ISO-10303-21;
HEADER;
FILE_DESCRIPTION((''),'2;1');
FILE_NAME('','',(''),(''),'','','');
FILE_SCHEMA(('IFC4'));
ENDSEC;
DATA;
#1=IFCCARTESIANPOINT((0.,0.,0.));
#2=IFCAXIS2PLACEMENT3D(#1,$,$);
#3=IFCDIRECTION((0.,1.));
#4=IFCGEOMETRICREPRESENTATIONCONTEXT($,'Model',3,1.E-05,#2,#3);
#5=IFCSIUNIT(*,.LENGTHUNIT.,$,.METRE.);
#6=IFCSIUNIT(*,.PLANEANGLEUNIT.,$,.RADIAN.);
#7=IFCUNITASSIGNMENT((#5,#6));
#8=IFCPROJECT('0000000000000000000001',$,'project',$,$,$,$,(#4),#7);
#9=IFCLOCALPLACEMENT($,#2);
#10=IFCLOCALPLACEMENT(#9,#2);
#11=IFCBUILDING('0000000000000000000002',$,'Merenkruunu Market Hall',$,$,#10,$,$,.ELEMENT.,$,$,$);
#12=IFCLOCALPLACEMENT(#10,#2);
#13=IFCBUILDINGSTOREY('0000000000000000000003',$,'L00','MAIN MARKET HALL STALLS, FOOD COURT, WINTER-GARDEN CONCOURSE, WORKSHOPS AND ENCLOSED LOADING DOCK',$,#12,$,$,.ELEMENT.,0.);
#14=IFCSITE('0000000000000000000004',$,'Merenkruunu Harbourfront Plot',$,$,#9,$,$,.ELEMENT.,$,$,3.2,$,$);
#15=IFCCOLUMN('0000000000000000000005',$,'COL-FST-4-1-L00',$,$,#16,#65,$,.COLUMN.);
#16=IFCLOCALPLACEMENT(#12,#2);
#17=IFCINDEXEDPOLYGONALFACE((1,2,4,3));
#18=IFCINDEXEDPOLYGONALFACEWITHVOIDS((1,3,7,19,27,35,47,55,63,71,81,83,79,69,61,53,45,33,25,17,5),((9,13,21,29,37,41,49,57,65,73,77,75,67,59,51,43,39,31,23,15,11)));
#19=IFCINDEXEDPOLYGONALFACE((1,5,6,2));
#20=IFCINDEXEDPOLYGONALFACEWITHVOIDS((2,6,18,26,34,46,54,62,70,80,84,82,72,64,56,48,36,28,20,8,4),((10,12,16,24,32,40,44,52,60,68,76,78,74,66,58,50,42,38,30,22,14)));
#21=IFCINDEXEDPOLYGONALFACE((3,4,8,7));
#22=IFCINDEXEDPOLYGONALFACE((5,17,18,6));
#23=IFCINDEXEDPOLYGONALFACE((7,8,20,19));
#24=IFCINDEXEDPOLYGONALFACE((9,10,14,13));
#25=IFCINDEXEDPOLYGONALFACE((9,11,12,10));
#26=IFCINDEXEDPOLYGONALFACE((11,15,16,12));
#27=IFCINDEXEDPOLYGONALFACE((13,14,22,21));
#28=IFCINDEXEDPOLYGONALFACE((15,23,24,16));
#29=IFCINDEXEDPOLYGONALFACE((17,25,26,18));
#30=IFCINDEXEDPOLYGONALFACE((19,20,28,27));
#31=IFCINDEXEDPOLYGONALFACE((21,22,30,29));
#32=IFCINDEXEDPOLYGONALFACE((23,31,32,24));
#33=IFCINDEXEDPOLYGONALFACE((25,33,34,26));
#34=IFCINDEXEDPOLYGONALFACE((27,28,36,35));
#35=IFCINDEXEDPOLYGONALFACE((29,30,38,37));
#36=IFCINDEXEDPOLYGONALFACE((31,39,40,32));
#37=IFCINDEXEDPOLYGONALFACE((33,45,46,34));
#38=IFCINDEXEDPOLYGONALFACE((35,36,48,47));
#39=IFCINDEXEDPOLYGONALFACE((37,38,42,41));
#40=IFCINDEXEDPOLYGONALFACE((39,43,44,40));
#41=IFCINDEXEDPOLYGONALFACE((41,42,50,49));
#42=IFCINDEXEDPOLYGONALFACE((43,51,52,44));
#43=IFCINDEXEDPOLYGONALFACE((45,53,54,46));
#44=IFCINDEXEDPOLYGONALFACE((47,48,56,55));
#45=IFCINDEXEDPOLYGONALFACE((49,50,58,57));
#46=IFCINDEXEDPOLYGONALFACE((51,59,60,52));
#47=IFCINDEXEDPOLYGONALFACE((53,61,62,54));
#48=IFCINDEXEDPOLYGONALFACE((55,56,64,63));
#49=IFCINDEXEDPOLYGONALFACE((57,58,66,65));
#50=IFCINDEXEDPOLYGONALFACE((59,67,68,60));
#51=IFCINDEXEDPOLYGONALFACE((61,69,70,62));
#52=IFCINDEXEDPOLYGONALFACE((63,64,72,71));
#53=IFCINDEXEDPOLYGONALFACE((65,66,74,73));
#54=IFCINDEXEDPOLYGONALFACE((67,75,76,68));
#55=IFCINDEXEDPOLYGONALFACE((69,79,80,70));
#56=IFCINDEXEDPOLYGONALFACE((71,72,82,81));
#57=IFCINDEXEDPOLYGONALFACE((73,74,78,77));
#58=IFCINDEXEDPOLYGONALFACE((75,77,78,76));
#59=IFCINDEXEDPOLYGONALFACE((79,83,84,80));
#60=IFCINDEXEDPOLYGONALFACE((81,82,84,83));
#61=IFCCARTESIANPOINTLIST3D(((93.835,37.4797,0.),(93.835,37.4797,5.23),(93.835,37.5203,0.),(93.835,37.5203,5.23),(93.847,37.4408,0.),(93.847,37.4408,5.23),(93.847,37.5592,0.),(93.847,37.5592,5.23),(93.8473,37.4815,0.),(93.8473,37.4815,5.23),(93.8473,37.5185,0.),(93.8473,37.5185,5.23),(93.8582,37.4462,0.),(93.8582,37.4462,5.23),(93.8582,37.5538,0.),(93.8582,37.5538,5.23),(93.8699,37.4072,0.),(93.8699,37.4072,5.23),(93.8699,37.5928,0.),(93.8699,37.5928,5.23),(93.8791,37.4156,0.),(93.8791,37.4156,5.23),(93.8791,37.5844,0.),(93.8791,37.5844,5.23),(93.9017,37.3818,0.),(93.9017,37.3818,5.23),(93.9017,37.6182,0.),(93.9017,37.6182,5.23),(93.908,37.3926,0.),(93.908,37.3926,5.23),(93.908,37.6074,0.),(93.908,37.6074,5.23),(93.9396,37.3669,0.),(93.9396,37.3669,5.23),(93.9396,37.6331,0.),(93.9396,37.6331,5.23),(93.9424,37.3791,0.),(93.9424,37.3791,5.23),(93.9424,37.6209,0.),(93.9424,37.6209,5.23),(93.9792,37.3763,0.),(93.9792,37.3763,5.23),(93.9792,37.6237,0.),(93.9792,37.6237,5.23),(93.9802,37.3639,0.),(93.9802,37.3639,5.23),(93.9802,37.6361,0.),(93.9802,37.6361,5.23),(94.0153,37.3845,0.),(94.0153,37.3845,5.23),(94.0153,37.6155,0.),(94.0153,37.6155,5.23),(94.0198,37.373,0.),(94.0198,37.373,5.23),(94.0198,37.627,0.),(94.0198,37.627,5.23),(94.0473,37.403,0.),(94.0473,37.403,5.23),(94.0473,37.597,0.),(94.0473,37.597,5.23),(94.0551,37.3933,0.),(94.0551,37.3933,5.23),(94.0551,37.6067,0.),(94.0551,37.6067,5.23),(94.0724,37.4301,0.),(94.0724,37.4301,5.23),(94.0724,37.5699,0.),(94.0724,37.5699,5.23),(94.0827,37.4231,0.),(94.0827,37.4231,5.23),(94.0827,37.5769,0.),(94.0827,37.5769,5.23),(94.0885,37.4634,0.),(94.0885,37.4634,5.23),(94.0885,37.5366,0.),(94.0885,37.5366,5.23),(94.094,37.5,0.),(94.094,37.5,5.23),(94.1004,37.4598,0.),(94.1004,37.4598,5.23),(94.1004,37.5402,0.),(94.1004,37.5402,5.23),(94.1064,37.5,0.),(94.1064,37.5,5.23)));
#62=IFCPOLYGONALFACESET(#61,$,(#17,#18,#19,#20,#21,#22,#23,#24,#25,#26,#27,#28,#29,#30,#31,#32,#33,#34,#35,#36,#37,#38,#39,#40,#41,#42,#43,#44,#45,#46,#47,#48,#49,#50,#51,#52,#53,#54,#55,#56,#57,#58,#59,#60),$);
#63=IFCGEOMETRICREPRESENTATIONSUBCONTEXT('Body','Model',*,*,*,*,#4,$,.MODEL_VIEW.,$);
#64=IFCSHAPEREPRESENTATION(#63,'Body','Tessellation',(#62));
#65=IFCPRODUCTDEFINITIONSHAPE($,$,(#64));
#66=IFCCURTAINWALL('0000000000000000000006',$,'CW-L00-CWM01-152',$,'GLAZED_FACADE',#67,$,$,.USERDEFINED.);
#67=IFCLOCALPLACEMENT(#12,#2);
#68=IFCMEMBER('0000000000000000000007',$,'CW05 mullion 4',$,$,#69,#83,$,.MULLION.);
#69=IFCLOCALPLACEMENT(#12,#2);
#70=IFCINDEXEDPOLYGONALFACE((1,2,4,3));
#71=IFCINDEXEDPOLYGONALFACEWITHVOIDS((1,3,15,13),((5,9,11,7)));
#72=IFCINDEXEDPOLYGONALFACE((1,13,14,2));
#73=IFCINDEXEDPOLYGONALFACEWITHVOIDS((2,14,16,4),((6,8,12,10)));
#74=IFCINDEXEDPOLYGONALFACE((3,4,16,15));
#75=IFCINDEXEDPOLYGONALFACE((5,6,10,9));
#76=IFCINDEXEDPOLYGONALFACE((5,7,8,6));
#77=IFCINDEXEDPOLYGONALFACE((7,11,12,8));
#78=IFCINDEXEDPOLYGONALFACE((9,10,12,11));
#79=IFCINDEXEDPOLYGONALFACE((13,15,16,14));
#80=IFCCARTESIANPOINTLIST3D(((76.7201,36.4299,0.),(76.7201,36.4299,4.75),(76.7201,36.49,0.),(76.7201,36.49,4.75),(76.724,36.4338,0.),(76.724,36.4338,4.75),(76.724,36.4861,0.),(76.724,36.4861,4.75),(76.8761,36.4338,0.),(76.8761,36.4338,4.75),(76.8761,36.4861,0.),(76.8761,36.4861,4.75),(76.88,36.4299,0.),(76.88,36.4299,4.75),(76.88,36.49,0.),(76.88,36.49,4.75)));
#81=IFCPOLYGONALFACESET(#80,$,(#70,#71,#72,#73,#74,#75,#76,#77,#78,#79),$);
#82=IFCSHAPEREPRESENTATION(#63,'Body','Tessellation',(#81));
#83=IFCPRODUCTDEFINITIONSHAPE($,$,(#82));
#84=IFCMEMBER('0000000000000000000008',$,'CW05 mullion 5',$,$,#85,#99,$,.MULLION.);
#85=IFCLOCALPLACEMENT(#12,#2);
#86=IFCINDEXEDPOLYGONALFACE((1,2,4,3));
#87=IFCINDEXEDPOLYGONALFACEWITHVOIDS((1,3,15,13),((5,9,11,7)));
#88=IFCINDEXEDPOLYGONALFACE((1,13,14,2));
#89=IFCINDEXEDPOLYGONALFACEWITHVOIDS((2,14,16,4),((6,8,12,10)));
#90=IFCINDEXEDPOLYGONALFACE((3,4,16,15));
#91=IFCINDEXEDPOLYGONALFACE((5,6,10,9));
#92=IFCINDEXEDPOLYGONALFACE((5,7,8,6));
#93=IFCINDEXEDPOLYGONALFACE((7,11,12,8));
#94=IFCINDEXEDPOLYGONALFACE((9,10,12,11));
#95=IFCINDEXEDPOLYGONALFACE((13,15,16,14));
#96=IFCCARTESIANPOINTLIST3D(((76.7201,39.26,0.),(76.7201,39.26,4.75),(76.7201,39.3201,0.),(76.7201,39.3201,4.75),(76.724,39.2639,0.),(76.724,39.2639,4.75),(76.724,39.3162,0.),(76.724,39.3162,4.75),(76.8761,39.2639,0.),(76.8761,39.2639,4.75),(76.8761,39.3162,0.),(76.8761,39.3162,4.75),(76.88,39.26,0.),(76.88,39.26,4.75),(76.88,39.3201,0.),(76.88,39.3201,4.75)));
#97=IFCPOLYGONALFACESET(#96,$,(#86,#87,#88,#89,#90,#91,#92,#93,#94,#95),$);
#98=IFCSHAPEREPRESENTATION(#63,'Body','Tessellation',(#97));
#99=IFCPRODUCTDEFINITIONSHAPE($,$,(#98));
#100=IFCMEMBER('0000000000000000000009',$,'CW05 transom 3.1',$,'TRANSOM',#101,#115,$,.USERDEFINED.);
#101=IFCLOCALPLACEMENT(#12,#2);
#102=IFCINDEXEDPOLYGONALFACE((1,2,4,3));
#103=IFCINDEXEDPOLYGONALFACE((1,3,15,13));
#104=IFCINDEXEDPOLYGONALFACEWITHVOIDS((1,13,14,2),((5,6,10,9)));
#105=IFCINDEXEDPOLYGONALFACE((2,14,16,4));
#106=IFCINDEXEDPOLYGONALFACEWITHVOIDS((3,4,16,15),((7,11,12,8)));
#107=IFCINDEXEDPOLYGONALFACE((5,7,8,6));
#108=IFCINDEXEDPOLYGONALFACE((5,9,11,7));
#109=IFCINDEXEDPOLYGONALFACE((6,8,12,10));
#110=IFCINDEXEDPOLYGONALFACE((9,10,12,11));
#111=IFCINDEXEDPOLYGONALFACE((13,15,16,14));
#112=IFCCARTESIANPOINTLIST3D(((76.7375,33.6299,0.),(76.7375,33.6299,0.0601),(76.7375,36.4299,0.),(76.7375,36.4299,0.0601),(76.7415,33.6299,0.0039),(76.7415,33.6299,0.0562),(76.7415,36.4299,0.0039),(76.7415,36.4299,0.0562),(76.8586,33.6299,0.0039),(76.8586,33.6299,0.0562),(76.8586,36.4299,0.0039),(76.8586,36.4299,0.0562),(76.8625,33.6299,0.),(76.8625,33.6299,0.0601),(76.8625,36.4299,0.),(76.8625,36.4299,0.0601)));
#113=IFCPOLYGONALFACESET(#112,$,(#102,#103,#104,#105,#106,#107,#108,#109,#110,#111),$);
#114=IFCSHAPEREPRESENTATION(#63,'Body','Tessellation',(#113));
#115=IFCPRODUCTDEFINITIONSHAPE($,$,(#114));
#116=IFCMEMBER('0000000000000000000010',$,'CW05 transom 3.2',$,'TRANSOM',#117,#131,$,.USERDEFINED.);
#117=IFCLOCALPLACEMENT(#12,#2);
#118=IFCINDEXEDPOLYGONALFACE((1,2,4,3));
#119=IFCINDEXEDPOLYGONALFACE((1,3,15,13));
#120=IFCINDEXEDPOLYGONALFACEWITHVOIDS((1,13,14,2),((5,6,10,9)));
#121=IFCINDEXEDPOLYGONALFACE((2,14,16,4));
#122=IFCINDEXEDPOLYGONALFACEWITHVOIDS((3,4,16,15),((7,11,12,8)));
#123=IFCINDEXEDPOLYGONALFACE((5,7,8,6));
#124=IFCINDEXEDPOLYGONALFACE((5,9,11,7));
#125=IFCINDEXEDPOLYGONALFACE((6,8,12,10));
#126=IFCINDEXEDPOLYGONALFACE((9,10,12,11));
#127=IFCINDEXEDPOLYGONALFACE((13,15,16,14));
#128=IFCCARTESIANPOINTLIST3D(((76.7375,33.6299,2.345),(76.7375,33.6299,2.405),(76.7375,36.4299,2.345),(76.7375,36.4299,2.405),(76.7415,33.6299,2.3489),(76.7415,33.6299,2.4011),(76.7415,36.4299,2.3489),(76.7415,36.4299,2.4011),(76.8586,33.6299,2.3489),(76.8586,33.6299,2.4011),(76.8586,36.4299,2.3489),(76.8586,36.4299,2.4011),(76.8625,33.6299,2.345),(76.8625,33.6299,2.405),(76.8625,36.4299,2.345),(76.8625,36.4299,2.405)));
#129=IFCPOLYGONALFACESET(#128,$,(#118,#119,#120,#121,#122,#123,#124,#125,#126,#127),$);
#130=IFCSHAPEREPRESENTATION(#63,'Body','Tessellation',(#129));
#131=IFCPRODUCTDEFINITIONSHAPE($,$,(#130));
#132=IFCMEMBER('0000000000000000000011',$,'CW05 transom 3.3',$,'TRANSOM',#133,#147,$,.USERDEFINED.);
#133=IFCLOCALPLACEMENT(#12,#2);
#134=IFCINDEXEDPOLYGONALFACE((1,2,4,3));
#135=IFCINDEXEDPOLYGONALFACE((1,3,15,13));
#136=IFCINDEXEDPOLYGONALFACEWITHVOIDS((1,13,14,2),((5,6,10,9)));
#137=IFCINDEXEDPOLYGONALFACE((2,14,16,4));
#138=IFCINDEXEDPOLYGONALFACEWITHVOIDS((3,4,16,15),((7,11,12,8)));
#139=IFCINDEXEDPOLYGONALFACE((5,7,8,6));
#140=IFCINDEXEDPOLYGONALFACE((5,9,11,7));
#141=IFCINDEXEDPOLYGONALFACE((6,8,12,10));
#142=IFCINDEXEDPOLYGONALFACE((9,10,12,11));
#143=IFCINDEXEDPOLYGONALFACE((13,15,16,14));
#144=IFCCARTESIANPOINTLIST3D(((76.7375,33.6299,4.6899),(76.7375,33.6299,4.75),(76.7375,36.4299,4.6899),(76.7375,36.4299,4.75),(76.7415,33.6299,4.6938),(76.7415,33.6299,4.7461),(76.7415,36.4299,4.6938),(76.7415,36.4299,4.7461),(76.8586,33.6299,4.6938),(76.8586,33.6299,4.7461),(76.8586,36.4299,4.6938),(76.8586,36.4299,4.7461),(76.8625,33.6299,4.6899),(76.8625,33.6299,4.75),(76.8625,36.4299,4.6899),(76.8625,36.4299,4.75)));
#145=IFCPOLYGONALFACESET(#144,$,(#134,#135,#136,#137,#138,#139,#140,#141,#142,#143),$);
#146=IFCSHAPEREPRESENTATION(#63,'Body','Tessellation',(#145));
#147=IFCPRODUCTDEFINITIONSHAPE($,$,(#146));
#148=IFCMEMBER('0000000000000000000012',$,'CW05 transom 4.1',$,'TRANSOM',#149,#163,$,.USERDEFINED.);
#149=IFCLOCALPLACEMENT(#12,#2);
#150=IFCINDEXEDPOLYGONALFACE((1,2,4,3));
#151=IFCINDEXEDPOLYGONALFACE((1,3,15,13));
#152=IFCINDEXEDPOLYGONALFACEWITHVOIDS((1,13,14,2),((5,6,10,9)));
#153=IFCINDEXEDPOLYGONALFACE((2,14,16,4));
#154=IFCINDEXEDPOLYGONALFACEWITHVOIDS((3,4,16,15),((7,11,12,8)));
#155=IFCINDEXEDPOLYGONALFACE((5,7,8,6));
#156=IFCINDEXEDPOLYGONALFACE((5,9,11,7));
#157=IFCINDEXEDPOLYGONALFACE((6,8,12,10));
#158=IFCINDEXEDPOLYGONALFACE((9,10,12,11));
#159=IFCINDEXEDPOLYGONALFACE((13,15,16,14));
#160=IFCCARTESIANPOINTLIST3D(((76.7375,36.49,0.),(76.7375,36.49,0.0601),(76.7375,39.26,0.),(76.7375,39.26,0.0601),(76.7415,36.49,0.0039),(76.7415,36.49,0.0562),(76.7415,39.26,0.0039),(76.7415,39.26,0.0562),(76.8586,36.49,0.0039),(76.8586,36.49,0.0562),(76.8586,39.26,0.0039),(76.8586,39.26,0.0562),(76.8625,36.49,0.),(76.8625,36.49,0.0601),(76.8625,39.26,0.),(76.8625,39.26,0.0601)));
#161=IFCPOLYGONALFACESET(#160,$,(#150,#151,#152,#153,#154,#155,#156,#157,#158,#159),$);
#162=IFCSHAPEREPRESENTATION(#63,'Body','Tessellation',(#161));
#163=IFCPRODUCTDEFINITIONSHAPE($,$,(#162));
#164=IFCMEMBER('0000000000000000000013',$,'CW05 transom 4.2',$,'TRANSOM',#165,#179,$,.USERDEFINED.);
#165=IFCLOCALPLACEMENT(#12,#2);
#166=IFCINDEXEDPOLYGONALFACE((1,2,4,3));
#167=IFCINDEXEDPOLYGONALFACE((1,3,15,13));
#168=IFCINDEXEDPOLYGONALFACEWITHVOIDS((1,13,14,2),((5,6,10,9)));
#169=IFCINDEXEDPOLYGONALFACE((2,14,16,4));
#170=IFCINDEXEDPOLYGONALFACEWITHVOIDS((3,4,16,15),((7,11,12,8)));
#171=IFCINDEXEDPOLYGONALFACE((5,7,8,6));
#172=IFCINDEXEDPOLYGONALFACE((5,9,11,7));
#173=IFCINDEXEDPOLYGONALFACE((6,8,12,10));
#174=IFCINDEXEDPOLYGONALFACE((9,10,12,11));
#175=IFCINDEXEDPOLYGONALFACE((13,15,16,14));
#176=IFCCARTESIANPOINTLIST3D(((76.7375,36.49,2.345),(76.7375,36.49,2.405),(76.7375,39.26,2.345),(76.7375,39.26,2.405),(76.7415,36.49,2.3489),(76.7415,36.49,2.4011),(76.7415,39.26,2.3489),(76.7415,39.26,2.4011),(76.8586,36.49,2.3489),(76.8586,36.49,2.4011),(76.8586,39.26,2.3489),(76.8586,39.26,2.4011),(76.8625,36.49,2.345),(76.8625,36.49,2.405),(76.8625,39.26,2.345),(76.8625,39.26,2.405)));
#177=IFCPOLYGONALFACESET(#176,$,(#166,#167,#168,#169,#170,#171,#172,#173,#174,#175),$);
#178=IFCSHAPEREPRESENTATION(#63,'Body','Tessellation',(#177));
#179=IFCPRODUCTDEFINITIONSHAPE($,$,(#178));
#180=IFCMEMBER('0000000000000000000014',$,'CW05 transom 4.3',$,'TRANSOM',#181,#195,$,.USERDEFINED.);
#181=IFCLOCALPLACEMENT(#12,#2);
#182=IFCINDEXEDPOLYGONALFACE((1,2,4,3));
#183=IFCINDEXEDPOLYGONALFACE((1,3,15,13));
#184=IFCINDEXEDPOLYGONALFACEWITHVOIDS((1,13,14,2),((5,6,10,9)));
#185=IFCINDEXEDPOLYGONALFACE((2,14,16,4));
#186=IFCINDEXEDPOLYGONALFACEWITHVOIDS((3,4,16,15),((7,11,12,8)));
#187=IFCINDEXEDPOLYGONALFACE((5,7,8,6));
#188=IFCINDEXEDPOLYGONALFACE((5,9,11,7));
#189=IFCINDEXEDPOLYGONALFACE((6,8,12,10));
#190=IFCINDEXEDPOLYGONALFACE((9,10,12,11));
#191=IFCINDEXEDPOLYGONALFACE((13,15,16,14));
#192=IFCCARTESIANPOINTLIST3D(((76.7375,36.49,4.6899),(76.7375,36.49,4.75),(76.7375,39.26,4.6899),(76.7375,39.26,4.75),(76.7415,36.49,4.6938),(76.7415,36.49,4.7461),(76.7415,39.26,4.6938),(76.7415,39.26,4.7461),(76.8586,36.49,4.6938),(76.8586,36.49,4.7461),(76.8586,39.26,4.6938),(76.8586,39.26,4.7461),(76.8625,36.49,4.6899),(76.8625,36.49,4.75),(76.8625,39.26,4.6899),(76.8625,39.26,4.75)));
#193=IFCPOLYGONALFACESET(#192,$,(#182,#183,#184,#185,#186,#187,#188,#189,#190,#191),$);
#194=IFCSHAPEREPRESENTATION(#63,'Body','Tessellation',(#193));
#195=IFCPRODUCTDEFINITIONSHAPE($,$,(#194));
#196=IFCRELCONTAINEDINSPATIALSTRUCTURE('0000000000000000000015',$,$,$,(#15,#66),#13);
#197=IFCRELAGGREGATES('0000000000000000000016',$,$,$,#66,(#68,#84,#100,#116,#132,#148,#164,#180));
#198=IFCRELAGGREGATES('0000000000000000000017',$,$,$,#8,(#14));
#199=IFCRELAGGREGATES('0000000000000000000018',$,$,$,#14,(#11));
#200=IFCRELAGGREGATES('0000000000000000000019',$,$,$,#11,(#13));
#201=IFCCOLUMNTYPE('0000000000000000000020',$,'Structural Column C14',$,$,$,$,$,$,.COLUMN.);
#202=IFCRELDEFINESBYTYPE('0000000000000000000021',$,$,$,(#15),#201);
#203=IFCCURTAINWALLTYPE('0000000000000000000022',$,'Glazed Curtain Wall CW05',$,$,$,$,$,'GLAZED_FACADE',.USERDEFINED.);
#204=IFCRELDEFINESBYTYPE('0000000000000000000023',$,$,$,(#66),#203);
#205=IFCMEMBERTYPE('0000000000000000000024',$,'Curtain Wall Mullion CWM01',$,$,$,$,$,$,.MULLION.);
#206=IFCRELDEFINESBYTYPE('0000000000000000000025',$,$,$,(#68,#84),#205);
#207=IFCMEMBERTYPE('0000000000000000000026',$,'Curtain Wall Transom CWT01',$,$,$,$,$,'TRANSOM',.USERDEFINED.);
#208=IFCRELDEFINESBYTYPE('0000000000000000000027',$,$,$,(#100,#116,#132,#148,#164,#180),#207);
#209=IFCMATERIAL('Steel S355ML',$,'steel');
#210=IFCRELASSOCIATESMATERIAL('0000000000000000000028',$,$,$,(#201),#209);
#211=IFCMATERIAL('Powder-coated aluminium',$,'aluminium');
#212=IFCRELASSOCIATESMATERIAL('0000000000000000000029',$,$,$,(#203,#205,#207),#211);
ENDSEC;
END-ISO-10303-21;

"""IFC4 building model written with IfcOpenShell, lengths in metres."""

from ifc_helpers import new_model, si_unit, direction, frame, origin, origin_2d, place, context, subcontext, project, spatial, hollow_rectangle, hollow_circle, extrude, material, material_profile, profile_set, type_object, element, aggregate, save


model = new_model("IFC4")

# Units and contexts
model_context = context("Model", 3, precision=1e-05, world=origin(), true_north=direction((0.0, 1.0)))
body_context = subcontext(model_context, "Body", "Model", "MODEL_VIEW")
ifc_project = project(units=[si_unit("LENGTHUNIT", "METRE"), si_unit("PLANEANGLEUNIT", "RADIAN")], contexts=[model_context])

# Site, building, storey
site_placement = place(None, origin())
site = spatial("IfcSite", under=ifc_project, at=site_placement, Name="Merenkruunu Harbourfront Plot", CompositionType="ELEMENT", RefElevation=3.2)
building_placement = place(site_placement, origin())
building = spatial("IfcBuilding", under=site, at=building_placement, Name="Merenkruunu Market Hall", CompositionType="ELEMENT")
storey_placement = place(building_placement, origin())
storey = spatial("IfcBuildingStorey", under=building, at=storey_placement, Name="L00", Description="MAIN MARKET HALL STALLS, FOOD COURT, WINTER-GARDEN CONCOURSE, WORKSHOPS AND ENCLOSED LOADING DOCK", CompositionType="ELEMENT", Elevation=0.0)

# Column
ifc_material_1 = material(Name="Steel S355ML", Category="steel")
ifc_material_profile_1 = material_profile(ifc_material_1, hollow_circle(Radius=0.1365, WallThickness=0.0125, at=origin_2d()), Name="CHS 273x12.5")
ifc_profile_set_1 = profile_set([ifc_material_profile_1], Name="Steel S355ML")
column_type_1 = type_object("IfcColumnType", Name="Structural Column C14", PredefinedType="COLUMN", material=ifc_profile_set_1)
column_1_placement = place(storey_placement, frame((93.97, 37.5, 0.0), z_axis=(0.0, 0.0, 1.0), x_axis=(1.0, 0.0, 0.0)))
element("IfcColumn", 1, at=column_1_placement, inside=storey, type_object=column_type_1, Name="COL-FST-4-1-L00", PredefinedType="COLUMN", context=body_context, shape_type="SweptSolid", body=[
    extrude(hollow_circle(Radius=0.1365, WallThickness=0.0125, at=origin_2d()), origin(), (0.0, 0.0, 1.0), 5.23),
])

# Curtain wall, members
ifc_material_2 = material(Name="Powder-coated aluminium", Category="aluminium")
curtain_wall_type = type_object("IfcCurtainWallType", Name="Glazed Curtain Wall CW05", ElementType="GLAZED_FACADE", PredefinedType="USERDEFINED", material=ifc_material_2)
curtain_wall_placement = place(storey_placement, origin())
curtain_wall = element("IfcCurtainWall", 2, at=curtain_wall_placement, inside=storey, type_object=curtain_wall_type, Name="CW-L00-CWM01-152", ObjectType="GLAZED_FACADE", PredefinedType="USERDEFINED")
ifc_material_profile_2 = material_profile(ifc_material_2, hollow_rectangle(XDim=0.0601, YDim=0.1599, WallThickness=0.0039, at=origin_2d()), Name="ALU 60x160x4")
ifc_profile_set_2 = profile_set([ifc_material_profile_2], Name="Powder-coated aluminium")
member_type_1 = type_object("IfcMemberType", Name="Curtain Wall Mullion CWM01", PredefinedType="MULLION", material=ifc_profile_set_2)
member_1_placement = place(storey_placement, frame((76.8, 36.46, 0.0), z_axis=(0.0, 0.0, 1.0), x_axis=(0.0, 1.0, 0.0)))
member_1 = element("IfcMember", 3, at=member_1_placement, type_object=member_type_1, Name="CW05 mullion 4", PredefinedType="MULLION", context=body_context, shape_type="SweptSolid", body=[
    extrude(hollow_rectangle(XDim=0.0601, YDim=0.1599, WallThickness=0.0039, at=origin_2d()), origin(), (0.0, 0.0, 1.0), 4.75),
])
member_2_placement = place(storey_placement, frame((76.8, 39.29, 0.0), z_axis=(0.0, 0.0, 1.0), x_axis=(0.0, 1.0, 0.0)))
member_2 = element("IfcMember", 4, at=member_2_placement, type_object=member_type_1, Name="CW05 mullion 5", PredefinedType="MULLION", context=body_context, shape_type="SweptSolid", body=[
    extrude(hollow_rectangle(XDim=0.0601, YDim=0.1599, WallThickness=0.0039, at=origin_2d()), origin(), (0.0, 0.0, 1.0), 4.75),
])
ifc_material_profile_3 = material_profile(ifc_material_2, hollow_rectangle(XDim=0.0601, YDim=0.125, WallThickness=0.0039, at=origin_2d()), Name="ALU 60x125x4")
ifc_profile_set_3 = profile_set([ifc_material_profile_3], Name="Powder-coated aluminium")
member_type_2 = type_object("IfcMemberType", Name="Curtain Wall Transom CWT01", ElementType="TRANSOM", PredefinedType="USERDEFINED", material=ifc_profile_set_3)
member_3_placement = place(storey_placement, frame((76.8, 33.6299, 0.03), z_axis=(0.0, 1.0, 0.0), x_axis=(0.0, 0.0, 1.0)))
member_3 = element("IfcMember", 5, at=member_3_placement, type_object=member_type_2, Name="CW05 transom 3.1", ObjectType="TRANSOM", PredefinedType="USERDEFINED", context=body_context, shape_type="SweptSolid", body=[
    extrude(hollow_rectangle(XDim=0.0601, YDim=0.125, WallThickness=0.0039, at=origin_2d()), origin(), (0.0, 0.0, 1.0), 2.8),
])
member_4_placement = place(storey_placement, frame((76.8, 33.6299, 2.375), z_axis=(0.0, 1.0, 0.0), x_axis=(0.0, 0.0, 1.0)))
member_4 = element("IfcMember", 6, at=member_4_placement, type_object=member_type_2, Name="CW05 transom 3.2", ObjectType="TRANSOM", PredefinedType="USERDEFINED", context=body_context, shape_type="SweptSolid", body=[
    extrude(hollow_rectangle(XDim=0.0601, YDim=0.125, WallThickness=0.0039, at=origin_2d()), origin(), (0.0, 0.0, 1.0), 2.8),
])
member_5_placement = place(storey_placement, frame((76.8, 33.6299, 4.72), z_axis=(0.0, 1.0, 0.0), x_axis=(0.0, 0.0, 1.0)))
member_5 = element("IfcMember", 7, at=member_5_placement, type_object=member_type_2, Name="CW05 transom 3.3", ObjectType="TRANSOM", PredefinedType="USERDEFINED", context=body_context, shape_type="SweptSolid", body=[
    extrude(hollow_rectangle(XDim=0.0601, YDim=0.125, WallThickness=0.0039, at=origin_2d()), origin(), (0.0, 0.0, 1.0), 2.8),
])
member_6_placement = place(storey_placement, frame((76.8, 36.49, 0.03), z_axis=(0.0, 1.0, 0.0), x_axis=(0.0, 0.0, 1.0)))
member_6 = element("IfcMember", 8, at=member_6_placement, type_object=member_type_2, Name="CW05 transom 4.1", ObjectType="TRANSOM", PredefinedType="USERDEFINED", context=body_context, shape_type="SweptSolid", body=[
    extrude(hollow_rectangle(XDim=0.0601, YDim=0.125, WallThickness=0.0039, at=origin_2d()), origin(), (0.0, 0.0, 1.0), 2.77),
])
member_7_placement = place(storey_placement, frame((76.8, 36.49, 2.375), z_axis=(0.0, 1.0, 0.0), x_axis=(0.0, 0.0, 1.0)))
member_7 = element("IfcMember", 9, at=member_7_placement, type_object=member_type_2, Name="CW05 transom 4.2", ObjectType="TRANSOM", PredefinedType="USERDEFINED", context=body_context, shape_type="SweptSolid", body=[
    extrude(hollow_rectangle(XDim=0.0601, YDim=0.125, WallThickness=0.0039, at=origin_2d()), origin(), (0.0, 0.0, 1.0), 2.77),
])
member_8_placement = place(storey_placement, frame((76.8, 36.49, 4.72), z_axis=(0.0, 1.0, 0.0), x_axis=(0.0, 0.0, 1.0)))
member_8 = element("IfcMember", 10, at=member_8_placement, type_object=member_type_2, Name="CW05 transom 4.3", ObjectType="TRANSOM", PredefinedType="USERDEFINED", context=body_context, shape_type="SweptSolid", body=[
    extrude(hollow_rectangle(XDim=0.0601, YDim=0.125, WallThickness=0.0039, at=origin_2d()), origin(), (0.0, 0.0, 1.0), 2.77),
])

aggregate(curtain_wall, [member_1, member_2, member_3, member_4, member_5, member_6, member_7, member_8])

save(model, "model.ifc")
